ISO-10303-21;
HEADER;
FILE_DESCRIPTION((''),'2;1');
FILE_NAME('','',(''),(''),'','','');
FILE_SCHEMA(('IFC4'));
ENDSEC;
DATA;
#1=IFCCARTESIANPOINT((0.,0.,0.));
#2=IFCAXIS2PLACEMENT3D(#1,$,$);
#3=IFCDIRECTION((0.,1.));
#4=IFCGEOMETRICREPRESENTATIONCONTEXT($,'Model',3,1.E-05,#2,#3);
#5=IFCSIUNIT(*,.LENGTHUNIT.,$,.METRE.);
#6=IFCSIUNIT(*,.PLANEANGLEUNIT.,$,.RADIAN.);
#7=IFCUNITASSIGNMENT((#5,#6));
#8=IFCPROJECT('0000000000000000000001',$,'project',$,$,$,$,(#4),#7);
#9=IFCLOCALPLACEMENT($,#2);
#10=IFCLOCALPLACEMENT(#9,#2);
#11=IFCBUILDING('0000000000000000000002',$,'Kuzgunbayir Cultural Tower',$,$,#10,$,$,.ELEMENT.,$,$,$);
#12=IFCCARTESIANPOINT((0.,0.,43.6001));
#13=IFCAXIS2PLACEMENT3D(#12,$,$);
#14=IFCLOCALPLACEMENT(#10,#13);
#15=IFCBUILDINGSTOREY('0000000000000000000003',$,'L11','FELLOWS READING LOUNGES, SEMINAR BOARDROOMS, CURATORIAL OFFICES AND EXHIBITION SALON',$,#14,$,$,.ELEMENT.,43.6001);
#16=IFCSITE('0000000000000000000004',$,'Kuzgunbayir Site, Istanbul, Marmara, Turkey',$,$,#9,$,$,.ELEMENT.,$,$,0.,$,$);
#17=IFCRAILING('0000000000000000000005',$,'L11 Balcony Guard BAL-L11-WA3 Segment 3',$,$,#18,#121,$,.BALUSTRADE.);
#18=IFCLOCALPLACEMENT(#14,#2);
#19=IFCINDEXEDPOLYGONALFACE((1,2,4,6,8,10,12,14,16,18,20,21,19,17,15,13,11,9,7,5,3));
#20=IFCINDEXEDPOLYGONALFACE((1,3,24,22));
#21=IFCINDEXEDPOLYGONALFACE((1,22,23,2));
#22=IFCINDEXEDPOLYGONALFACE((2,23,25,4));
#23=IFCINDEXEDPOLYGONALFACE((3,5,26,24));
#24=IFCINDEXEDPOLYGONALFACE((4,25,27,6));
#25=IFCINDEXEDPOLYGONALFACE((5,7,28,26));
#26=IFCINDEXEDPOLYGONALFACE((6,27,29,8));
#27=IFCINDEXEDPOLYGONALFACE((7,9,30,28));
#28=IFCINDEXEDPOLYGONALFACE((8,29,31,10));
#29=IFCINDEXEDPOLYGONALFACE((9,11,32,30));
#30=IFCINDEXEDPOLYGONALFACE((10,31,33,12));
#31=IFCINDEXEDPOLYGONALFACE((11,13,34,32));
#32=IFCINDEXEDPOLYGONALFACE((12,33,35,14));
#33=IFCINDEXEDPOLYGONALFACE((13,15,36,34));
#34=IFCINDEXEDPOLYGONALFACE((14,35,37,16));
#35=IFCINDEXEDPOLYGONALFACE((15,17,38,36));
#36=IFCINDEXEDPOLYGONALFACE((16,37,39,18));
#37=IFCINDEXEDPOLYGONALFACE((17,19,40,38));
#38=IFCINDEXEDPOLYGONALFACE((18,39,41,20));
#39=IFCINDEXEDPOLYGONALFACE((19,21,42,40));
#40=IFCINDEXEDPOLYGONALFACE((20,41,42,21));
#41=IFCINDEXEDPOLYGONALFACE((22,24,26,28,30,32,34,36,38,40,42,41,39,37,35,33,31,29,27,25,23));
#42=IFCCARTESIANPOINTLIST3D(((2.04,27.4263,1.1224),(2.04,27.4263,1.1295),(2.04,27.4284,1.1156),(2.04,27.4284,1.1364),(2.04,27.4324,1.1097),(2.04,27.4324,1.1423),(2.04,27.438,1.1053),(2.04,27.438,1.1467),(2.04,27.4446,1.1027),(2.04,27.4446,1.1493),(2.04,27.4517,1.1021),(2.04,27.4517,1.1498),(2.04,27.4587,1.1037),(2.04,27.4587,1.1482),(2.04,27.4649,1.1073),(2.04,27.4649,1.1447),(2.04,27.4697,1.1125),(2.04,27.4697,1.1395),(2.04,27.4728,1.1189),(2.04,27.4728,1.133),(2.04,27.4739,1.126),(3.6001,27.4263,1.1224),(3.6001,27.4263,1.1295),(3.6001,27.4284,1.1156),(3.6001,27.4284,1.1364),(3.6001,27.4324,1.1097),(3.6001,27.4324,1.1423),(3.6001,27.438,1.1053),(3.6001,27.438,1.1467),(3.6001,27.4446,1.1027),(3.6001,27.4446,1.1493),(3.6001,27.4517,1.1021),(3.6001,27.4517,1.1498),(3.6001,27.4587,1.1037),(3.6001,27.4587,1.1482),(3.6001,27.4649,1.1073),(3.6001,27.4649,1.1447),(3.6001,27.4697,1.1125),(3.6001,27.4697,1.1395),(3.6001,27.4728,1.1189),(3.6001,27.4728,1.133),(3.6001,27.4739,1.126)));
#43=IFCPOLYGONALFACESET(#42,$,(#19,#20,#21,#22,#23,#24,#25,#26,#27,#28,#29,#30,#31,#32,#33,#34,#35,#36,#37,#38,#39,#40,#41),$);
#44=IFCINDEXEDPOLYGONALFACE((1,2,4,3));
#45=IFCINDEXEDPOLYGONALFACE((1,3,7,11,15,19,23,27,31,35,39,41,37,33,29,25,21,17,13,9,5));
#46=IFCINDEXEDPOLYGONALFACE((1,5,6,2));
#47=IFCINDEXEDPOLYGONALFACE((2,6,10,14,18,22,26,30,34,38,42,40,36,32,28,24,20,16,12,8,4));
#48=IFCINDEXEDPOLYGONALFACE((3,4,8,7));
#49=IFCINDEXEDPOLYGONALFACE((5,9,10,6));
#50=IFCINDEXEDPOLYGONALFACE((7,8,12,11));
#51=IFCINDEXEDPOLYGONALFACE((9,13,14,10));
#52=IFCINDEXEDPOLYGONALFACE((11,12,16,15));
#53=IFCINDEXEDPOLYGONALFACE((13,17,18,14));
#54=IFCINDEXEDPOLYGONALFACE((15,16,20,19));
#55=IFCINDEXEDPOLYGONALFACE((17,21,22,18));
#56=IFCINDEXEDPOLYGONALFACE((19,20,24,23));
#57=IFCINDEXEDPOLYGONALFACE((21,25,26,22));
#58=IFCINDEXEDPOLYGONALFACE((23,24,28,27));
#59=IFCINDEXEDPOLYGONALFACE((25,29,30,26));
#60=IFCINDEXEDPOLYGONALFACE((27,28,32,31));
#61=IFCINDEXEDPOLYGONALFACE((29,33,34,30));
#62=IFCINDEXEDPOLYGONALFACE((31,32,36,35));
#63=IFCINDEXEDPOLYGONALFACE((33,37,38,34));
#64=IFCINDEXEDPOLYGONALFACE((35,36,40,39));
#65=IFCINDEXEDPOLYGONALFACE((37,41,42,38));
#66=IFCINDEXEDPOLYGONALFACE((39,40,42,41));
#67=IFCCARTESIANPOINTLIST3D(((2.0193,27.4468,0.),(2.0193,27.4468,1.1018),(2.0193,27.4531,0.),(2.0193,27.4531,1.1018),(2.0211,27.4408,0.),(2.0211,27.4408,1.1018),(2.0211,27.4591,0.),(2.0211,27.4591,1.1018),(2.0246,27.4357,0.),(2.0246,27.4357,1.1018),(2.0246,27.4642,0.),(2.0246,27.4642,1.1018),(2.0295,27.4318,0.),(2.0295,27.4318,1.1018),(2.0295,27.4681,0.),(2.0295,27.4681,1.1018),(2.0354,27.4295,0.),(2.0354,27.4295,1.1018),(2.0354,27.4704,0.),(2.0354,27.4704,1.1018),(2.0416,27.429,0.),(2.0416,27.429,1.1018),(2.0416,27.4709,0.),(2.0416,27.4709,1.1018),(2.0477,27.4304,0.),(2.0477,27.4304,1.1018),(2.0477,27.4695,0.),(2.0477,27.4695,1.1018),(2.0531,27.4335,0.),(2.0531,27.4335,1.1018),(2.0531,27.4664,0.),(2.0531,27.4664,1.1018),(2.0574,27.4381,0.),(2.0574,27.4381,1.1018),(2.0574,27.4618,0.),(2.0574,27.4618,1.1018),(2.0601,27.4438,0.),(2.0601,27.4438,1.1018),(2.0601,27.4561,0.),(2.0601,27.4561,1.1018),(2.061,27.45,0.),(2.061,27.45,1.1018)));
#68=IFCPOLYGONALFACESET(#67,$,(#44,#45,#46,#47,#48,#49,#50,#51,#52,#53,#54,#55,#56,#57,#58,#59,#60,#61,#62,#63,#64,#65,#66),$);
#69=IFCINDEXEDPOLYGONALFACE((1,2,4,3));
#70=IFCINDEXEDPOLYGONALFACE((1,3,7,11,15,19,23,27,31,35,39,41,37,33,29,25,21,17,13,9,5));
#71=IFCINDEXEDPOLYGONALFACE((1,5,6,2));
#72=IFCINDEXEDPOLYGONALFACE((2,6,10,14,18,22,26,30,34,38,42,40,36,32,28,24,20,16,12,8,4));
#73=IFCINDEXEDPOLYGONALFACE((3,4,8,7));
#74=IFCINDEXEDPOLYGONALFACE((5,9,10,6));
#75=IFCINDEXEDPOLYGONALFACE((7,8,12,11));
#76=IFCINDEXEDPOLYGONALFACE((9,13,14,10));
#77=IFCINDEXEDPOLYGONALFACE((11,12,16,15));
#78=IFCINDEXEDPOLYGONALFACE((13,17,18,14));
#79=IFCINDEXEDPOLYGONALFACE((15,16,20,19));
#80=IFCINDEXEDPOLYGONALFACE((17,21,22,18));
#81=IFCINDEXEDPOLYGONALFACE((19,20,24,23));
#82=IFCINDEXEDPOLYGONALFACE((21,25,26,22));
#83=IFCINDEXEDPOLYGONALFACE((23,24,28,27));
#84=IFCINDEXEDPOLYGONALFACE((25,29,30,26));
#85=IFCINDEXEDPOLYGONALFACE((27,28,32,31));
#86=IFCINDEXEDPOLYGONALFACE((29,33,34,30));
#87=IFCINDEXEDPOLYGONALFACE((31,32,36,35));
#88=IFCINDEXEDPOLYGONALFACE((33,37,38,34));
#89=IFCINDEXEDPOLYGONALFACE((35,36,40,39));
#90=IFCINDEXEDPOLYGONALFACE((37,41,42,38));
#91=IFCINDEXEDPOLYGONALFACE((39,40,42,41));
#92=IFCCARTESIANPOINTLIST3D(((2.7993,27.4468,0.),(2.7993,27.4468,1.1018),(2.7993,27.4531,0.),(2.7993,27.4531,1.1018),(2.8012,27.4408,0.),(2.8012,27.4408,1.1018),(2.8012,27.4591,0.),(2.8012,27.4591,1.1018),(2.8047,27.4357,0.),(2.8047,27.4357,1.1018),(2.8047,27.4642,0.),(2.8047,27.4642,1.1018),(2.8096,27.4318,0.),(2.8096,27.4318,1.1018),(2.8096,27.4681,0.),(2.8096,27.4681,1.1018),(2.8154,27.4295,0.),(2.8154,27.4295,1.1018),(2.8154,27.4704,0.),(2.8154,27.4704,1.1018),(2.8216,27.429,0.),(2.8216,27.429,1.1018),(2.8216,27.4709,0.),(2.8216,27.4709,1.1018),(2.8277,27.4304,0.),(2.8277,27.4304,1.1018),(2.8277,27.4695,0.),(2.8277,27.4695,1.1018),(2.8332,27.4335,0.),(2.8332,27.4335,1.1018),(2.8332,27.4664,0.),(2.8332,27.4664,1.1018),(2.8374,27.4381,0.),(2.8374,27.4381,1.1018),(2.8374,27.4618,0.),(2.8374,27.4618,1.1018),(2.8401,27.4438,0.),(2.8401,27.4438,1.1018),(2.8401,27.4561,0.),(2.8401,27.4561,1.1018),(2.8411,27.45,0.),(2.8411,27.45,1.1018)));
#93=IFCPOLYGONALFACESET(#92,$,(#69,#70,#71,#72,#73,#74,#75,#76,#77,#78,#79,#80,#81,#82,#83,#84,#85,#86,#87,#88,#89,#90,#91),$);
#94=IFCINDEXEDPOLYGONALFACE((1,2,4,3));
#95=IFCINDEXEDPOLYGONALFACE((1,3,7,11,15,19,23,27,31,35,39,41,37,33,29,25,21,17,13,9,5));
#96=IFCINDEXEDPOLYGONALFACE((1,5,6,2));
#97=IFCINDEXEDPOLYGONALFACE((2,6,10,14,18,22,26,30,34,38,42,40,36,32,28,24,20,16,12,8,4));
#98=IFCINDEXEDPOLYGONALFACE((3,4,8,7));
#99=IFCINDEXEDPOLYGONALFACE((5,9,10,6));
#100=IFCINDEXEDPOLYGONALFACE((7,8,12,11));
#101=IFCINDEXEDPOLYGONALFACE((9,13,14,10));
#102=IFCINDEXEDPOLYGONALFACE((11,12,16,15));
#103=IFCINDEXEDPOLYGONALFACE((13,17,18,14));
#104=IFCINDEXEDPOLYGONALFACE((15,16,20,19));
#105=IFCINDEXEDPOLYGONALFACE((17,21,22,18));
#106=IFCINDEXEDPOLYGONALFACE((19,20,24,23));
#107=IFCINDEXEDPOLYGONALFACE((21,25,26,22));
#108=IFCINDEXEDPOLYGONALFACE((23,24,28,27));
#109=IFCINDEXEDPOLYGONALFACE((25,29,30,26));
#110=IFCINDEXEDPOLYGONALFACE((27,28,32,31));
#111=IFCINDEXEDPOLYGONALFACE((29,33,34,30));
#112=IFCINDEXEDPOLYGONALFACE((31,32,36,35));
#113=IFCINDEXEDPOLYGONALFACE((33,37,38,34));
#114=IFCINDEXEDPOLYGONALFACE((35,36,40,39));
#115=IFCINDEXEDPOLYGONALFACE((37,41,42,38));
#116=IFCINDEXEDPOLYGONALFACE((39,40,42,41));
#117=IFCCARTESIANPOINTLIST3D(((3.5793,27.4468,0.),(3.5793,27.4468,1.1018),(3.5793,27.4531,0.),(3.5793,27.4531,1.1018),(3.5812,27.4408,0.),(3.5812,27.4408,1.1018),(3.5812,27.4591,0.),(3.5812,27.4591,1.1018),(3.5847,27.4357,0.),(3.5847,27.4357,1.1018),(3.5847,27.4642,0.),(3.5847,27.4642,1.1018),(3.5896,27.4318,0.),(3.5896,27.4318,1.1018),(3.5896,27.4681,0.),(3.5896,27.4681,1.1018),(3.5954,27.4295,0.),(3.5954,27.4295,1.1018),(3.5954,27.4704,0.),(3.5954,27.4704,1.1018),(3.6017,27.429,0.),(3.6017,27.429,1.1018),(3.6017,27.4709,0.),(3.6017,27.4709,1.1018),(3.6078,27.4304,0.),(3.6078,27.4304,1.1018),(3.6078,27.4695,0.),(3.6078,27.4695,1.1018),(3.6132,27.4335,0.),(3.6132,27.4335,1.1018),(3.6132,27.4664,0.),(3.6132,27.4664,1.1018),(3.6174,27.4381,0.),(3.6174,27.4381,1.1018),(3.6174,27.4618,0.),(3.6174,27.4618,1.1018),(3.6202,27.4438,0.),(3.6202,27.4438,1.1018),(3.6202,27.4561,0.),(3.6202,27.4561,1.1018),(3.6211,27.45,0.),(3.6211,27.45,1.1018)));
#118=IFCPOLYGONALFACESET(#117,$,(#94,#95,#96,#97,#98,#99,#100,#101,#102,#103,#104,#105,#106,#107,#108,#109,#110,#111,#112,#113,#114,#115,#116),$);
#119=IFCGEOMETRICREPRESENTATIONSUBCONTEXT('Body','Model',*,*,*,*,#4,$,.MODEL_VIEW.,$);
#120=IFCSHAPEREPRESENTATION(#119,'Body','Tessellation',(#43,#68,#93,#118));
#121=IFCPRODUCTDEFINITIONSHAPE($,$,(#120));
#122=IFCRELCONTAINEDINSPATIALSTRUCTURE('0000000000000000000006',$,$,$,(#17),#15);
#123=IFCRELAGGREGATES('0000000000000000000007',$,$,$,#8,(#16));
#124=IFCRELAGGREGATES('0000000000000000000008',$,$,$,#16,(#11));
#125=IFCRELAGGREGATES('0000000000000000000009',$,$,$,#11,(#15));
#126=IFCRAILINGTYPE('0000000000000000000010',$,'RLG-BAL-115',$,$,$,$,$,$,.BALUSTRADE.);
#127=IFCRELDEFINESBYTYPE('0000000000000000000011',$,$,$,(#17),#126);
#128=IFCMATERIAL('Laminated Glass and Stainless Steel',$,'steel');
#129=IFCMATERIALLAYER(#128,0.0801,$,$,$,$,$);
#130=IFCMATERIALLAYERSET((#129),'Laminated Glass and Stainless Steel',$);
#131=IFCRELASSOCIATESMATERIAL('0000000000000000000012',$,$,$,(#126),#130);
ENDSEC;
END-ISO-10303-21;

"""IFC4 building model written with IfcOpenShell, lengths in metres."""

from ifc_helpers import new_model, si_unit, direction, frame, origin, origin_2d, place, context, subcontext, project, spatial, circle, extrude, material, layer, layer_set, type_object, element, save


model = new_model("IFC4")

# Units and contexts
model_context = context("Model", 3, precision=1e-05, world=origin(), true_north=direction((0.0, 1.0)))
body_context = subcontext(model_context, "Body", "Model", "MODEL_VIEW")
ifc_project = project(units=[si_unit("LENGTHUNIT", "METRE"), si_unit("PLANEANGLEUNIT", "RADIAN")], contexts=[model_context])

# Site, building, storey
site_placement = place(None, origin())
site = spatial("IfcSite", under=ifc_project, at=site_placement, Name="Kuzgunbayir Site, Istanbul, Marmara, Turkey", CompositionType="ELEMENT", RefElevation=0.0)
building_placement = place(site_placement, origin())
building = spatial("IfcBuilding", under=site, at=building_placement, Name="Kuzgunbayir Cultural Tower", CompositionType="ELEMENT")
storey_placement = place(building_placement, frame((0.0, 0.0, 43.6001)))
storey = spatial("IfcBuildingStorey", under=building, at=storey_placement, Name="L11", Description="FELLOWS READING LOUNGES, SEMINAR BOARDROOMS, CURATORIAL OFFICES AND EXHIBITION SALON", CompositionType="ELEMENT", Elevation=43.6001)

# Railing
ifc_material_1 = material(Name="Laminated Glass and Stainless Steel", Category="steel")
ifc_layer_1 = layer(ifc_material_1, 0.0801)
ifc_layer_set_1 = layer_set([ifc_layer_1], Name="Laminated Glass and Stainless Steel")
railing_type = type_object("IfcRailingType", Name="RLG-BAL-115", PredefinedType="BALUSTRADE", material=ifc_layer_set_1)
railing_1_placement = place(storey_placement, frame((2.04, 27.45, 0.0)))
element("IfcRailing", 1, at=railing_1_placement, inside=storey, type_object=railing_type, Name="L11 Balcony Guard BAL-L11-WA3 Segment 3", PredefinedType="BALUSTRADE", context=body_context, shape_type="SweptSolid", body=[
    extrude(circle(Radius=0.0239, at=origin_2d()), frame((0.0, 0.0, 1.126), z_axis=(1.0, 0.0, 0.0), x_axis=(0.0, 1.0, 0.0)), (0.0, 0.0, 1.0), 1.5601),
    extrude(circle(Radius=0.021, at=origin_2d()), origin(), (0.0, 0.0, 1.0), 1.1018),
    extrude(circle(Radius=0.021, at=origin_2d()), frame((0.78, 0.0, 0.0)), (0.0, 0.0, 1.0), 1.1018),
    extrude(circle(Radius=0.021, at=origin_2d()), frame((1.5601, 0.0, 0.0)), (0.0, 0.0, 1.0), 1.1018),
])

save(model, "model.ifc")
